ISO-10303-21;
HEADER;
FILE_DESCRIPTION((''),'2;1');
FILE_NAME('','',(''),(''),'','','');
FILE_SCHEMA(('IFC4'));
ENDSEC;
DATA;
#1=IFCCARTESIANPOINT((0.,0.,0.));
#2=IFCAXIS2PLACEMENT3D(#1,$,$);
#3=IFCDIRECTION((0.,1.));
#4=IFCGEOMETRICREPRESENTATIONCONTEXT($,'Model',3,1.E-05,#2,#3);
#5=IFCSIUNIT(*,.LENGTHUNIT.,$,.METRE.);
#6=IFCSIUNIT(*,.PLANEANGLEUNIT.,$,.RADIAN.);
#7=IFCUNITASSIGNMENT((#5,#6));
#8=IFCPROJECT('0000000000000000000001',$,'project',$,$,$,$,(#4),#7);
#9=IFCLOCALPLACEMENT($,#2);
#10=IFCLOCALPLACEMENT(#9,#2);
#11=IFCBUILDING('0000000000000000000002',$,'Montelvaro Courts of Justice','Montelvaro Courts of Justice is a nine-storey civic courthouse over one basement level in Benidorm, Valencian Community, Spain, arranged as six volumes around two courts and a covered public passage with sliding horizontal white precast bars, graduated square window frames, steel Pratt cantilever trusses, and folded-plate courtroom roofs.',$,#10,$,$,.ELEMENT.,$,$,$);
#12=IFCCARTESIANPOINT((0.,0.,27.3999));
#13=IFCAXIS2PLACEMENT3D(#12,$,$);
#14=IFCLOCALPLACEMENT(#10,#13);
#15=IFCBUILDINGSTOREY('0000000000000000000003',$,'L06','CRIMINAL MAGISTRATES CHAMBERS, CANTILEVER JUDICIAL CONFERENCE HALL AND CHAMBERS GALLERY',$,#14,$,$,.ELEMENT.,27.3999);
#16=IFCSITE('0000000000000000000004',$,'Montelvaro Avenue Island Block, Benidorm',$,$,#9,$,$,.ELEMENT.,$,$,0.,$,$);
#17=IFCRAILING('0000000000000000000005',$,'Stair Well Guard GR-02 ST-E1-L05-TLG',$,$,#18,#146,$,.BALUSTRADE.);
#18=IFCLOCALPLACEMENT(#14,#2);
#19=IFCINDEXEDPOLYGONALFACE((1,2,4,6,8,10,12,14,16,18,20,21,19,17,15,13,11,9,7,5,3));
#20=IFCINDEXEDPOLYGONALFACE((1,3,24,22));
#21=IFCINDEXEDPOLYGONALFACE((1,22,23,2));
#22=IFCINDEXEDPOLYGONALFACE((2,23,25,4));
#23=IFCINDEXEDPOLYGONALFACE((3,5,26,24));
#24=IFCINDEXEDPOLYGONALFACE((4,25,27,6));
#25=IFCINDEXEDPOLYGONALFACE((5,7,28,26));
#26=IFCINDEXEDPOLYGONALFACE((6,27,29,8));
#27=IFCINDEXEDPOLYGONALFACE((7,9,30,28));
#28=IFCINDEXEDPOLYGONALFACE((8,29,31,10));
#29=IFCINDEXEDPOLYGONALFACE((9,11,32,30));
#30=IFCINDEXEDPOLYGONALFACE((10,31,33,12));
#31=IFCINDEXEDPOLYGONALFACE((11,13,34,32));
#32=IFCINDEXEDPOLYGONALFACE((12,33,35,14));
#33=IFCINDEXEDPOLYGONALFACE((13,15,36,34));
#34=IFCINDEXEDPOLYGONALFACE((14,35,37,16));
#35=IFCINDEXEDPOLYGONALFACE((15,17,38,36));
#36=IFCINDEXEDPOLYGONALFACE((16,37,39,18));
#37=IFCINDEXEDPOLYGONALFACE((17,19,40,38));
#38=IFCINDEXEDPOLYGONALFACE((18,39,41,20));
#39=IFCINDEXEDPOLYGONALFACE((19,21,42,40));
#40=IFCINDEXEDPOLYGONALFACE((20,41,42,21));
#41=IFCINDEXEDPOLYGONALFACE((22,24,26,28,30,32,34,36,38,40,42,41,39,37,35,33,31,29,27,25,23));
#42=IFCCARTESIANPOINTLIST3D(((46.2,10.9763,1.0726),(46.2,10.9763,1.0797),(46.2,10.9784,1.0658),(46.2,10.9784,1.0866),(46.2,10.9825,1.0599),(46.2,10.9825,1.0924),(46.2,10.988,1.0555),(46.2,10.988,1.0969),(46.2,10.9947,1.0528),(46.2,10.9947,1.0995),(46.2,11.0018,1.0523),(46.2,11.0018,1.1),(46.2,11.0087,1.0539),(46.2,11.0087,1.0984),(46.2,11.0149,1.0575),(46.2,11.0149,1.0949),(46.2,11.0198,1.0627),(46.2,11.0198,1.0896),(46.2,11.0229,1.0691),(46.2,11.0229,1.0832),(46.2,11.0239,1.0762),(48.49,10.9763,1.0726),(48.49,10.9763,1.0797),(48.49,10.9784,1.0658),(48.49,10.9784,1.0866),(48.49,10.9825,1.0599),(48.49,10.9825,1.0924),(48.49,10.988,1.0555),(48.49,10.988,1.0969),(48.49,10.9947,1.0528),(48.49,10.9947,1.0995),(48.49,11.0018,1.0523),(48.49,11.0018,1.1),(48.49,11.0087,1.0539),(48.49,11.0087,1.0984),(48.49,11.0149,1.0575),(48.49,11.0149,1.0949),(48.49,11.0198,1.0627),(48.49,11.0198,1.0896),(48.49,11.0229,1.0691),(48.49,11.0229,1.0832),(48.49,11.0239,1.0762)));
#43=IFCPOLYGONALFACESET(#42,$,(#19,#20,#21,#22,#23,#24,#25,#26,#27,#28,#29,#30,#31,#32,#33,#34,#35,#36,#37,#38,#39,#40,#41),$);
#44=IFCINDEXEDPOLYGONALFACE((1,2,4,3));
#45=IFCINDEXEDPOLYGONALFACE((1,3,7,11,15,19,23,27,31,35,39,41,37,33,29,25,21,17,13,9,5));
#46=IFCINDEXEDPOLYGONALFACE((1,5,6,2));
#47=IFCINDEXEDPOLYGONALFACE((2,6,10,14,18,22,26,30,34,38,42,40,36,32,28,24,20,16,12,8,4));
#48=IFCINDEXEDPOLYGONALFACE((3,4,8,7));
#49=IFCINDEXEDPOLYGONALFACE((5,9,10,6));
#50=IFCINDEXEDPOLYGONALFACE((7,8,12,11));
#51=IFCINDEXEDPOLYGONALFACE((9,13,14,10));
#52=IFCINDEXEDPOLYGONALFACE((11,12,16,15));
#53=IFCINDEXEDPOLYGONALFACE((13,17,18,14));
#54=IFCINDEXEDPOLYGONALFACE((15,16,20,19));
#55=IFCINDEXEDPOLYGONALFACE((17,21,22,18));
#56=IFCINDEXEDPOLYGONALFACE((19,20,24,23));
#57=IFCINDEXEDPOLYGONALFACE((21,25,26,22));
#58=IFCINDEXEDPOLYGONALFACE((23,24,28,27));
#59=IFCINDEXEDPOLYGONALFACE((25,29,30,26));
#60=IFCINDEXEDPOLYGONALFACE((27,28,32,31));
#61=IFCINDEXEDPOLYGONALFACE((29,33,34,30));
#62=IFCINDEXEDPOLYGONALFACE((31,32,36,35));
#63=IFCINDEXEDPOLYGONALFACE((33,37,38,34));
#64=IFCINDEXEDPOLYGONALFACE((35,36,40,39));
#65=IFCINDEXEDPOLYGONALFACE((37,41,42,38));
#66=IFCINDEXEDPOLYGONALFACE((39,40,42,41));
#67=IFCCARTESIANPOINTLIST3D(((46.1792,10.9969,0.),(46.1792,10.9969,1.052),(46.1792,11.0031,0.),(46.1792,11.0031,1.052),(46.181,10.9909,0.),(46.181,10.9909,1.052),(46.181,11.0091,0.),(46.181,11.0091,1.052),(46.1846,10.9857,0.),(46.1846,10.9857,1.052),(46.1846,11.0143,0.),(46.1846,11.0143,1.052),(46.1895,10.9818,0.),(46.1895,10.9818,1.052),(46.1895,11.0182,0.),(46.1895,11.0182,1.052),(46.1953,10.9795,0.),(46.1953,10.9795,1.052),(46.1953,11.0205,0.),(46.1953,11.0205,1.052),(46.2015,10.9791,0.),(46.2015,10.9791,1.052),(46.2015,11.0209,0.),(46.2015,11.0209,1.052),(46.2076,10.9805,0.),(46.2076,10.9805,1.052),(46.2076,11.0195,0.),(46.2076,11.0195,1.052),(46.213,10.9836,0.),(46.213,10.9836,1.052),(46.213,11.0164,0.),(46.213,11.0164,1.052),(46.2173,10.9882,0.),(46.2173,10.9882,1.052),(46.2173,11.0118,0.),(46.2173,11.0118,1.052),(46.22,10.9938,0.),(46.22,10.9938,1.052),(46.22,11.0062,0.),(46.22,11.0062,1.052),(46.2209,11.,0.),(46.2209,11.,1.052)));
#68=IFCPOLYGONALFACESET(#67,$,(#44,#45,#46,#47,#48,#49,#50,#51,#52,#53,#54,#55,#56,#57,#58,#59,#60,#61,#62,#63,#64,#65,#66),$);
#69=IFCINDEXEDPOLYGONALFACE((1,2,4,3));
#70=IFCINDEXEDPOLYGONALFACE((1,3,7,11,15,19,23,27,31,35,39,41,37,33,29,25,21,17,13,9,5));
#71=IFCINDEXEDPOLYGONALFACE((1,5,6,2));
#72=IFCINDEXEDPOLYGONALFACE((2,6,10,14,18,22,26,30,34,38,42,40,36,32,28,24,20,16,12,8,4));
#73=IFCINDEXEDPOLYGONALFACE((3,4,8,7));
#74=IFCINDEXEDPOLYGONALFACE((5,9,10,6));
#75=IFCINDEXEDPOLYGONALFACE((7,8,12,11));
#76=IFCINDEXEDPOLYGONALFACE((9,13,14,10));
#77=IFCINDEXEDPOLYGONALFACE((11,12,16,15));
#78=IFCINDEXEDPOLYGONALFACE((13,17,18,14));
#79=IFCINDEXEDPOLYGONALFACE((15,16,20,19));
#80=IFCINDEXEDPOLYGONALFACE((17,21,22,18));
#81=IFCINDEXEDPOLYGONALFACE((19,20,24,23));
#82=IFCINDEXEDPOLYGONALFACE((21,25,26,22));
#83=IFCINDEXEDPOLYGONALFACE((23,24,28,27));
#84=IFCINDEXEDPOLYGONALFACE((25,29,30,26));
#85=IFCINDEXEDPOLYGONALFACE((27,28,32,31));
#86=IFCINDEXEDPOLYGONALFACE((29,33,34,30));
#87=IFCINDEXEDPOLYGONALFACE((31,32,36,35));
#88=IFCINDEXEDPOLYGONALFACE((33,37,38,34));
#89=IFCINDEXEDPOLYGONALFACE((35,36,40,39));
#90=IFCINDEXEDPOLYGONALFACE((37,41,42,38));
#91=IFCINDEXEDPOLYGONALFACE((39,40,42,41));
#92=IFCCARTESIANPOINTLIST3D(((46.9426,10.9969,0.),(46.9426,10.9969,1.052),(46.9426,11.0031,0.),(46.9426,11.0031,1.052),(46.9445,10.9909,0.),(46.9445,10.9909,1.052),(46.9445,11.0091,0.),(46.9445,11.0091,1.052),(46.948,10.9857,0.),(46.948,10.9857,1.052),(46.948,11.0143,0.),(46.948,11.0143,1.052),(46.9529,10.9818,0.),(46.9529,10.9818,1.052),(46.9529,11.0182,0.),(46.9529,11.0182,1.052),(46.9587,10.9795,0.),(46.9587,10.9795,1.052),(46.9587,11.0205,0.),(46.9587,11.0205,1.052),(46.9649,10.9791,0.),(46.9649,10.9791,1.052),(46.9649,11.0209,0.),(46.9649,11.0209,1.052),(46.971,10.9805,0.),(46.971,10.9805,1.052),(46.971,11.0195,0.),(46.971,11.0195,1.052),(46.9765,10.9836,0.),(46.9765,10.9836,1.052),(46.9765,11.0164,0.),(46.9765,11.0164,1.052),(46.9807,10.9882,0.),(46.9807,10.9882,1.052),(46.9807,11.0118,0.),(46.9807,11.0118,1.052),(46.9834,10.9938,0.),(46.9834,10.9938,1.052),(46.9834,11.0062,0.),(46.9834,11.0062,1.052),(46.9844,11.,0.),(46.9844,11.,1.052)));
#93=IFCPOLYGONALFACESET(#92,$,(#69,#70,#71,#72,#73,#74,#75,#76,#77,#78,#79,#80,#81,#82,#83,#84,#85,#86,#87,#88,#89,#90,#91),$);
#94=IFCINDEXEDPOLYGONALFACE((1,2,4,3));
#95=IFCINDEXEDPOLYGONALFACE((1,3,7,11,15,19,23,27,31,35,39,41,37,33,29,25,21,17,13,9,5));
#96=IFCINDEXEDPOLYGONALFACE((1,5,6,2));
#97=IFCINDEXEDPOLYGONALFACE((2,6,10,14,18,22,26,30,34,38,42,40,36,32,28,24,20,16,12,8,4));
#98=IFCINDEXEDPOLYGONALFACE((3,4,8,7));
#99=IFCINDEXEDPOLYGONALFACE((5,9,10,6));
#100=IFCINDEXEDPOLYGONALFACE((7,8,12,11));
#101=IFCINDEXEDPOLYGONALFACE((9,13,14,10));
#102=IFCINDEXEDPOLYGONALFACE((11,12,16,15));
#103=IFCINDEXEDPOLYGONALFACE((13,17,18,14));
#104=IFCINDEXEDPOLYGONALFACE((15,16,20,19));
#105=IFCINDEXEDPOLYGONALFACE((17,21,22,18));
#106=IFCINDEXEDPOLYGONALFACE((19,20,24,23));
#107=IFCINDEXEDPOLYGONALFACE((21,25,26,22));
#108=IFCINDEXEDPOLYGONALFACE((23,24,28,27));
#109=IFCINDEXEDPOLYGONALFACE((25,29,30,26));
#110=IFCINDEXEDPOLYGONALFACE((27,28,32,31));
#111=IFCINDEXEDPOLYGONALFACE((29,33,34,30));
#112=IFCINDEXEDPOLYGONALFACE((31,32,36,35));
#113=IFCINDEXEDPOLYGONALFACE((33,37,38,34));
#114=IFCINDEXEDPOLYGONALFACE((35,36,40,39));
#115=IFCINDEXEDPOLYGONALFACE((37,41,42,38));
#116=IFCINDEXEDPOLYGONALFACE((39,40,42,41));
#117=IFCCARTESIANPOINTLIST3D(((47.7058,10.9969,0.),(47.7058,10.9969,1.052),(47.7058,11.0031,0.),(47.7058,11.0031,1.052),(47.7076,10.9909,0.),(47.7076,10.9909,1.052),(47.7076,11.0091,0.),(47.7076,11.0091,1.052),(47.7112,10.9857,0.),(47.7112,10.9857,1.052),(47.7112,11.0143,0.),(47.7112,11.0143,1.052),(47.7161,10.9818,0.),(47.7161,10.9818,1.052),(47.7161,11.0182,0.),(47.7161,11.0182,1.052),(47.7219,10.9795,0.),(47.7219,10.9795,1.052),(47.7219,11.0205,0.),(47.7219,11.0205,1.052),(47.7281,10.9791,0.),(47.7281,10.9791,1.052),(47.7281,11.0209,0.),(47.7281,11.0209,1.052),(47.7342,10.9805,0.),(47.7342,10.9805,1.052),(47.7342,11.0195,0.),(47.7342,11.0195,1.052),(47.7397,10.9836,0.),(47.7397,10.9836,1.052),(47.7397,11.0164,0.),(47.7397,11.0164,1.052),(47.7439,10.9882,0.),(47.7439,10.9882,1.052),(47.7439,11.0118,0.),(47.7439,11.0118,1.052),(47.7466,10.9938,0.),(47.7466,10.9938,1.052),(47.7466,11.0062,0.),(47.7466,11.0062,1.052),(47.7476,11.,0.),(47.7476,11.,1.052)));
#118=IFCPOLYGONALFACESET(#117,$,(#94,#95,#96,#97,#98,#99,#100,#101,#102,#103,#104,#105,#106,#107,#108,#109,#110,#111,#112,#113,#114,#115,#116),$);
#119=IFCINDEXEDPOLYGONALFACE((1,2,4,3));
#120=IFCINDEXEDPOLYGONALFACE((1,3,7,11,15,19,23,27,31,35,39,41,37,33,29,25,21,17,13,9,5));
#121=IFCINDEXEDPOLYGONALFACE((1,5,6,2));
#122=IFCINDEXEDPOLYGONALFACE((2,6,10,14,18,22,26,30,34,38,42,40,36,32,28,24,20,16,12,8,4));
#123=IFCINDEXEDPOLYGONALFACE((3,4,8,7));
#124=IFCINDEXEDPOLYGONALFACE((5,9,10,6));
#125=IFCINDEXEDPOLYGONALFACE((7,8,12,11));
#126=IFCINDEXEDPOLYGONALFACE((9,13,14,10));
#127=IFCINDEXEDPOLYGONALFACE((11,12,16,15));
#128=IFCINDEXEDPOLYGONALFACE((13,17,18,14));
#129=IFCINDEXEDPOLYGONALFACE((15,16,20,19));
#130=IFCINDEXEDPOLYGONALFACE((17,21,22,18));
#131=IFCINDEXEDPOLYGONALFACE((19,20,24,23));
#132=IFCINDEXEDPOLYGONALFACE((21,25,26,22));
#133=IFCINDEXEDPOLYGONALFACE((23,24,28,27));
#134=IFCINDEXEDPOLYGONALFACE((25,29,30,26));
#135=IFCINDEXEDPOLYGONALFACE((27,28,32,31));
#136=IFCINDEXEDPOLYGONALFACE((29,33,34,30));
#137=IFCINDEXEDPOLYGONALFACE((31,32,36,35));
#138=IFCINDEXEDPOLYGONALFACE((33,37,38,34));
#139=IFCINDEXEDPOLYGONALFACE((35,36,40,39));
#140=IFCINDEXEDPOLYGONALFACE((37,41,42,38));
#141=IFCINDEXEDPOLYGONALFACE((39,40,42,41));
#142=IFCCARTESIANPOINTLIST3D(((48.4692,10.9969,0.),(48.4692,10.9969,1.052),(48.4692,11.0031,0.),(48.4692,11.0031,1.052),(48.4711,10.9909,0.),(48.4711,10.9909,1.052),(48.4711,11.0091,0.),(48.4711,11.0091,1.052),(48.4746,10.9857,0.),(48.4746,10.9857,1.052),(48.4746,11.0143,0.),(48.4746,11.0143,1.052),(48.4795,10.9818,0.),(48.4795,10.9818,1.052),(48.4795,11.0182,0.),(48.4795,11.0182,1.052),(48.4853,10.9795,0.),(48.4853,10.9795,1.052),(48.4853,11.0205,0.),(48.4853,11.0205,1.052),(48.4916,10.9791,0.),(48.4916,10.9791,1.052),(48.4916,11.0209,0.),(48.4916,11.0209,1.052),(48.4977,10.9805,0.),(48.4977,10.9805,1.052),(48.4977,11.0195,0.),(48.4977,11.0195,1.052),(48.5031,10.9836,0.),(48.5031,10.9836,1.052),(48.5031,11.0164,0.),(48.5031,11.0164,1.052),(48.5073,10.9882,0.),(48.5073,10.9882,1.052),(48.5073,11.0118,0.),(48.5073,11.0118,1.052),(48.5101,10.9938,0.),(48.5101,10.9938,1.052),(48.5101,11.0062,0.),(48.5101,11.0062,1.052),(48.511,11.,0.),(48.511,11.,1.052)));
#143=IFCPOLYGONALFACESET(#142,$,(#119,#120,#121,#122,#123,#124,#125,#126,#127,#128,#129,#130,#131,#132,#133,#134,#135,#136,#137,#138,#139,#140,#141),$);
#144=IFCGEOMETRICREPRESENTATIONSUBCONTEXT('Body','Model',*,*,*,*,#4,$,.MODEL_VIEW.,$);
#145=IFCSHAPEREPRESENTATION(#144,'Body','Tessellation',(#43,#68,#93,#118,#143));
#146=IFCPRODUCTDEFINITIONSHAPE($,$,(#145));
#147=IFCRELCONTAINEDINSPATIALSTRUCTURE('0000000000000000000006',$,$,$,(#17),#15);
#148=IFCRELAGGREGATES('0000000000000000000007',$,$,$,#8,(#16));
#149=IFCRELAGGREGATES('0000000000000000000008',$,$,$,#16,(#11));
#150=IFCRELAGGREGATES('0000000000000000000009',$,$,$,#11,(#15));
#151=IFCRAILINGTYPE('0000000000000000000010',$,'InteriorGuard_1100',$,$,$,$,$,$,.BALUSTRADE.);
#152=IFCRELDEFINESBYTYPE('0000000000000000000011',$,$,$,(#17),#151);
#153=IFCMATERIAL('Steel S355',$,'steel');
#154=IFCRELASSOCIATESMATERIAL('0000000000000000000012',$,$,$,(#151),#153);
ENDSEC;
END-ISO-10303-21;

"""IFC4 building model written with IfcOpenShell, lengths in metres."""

from ifc_helpers import new_model, si_unit, direction, frame, origin, origin_2d, place, context, subcontext, project, spatial, circle, extrude, material, type_object, element, save


model = new_model("IFC4")

# Units and contexts
model_context = context("Model", 3, precision=1e-05, world=origin(), true_north=direction((0.0, 1.0)))
body_context = subcontext(model_context, "Body", "Model", "MODEL_VIEW")
ifc_project = project(units=[si_unit("LENGTHUNIT", "METRE"), si_unit("PLANEANGLEUNIT", "RADIAN")], contexts=[model_context])

# Site, building, storey
site_placement = place(None, origin())
site = spatial("IfcSite", under=ifc_project, at=site_placement, Name="Montelvaro Avenue Island Block, Benidorm", CompositionType="ELEMENT", RefElevation=0.0)
building_placement = place(site_placement, origin())
building = spatial("IfcBuilding", under=site, at=building_placement, Name="Montelvaro Courts of Justice", Description="Montelvaro Courts of Justice is a nine-storey civic courthouse over one basement level in Benidorm, Valencian Community, Spain, arranged as six volumes around two courts and a covered public passage with sliding horizontal white precast bars, graduated square window frames, steel Pratt cantilever trusses, and folded-plate courtroom roofs.", CompositionType="ELEMENT")
storey_placement = place(building_placement, frame((0.0, 0.0, 27.3999)))
storey = spatial("IfcBuildingStorey", under=building, at=storey_placement, Name="L06", Description="CRIMINAL MAGISTRATES CHAMBERS, CANTILEVER JUDICIAL CONFERENCE HALL AND CHAMBERS GALLERY", CompositionType="ELEMENT", Elevation=27.3999)

# Shared definitions
ifc_material_1 = material(Name="Steel S355", Category="steel")

# Railing
railing_type_1 = type_object("IfcRailingType", Name="InteriorGuard_1100", PredefinedType="BALUSTRADE", material=ifc_material_1)
railing_1_placement = place(storey_placement, frame((46.2, 11.0, 0.0)))
element("IfcRailing", 1, at=railing_1_placement, inside=storey, type_object=railing_type_1, Name="Stair Well Guard GR-02 ST-E1-L05-TLG", PredefinedType="BALUSTRADE", context=body_context, shape_type="SweptSolid", body=[
    extrude(circle(Radius=0.0239, at=origin_2d()), frame((0.0, 0.0, 1.0762), z_axis=(1.0, 0.0, 0.0), x_axis=(0.0, 1.0, 0.0)), (0.0, 0.0, 1.0), 2.29),
    extrude(circle(Radius=0.021, at=origin_2d()), origin(), (0.0, 0.0, 1.0), 1.052),
    extrude(circle(Radius=0.021, at=origin_2d()), frame((0.7634, 0.0, 0.0)), (0.0, 0.0, 1.0), 1.052),
    extrude(circle(Radius=0.021, at=origin_2d()), frame((1.5266, 0.0, 0.0)), (0.0, 0.0, 1.0), 1.052),
    extrude(circle(Radius=0.021, at=origin_2d()), frame((2.29, 0.0, 0.0)), (0.0, 0.0, 1.0), 1.052),
])

save(model, "model.ifc")
